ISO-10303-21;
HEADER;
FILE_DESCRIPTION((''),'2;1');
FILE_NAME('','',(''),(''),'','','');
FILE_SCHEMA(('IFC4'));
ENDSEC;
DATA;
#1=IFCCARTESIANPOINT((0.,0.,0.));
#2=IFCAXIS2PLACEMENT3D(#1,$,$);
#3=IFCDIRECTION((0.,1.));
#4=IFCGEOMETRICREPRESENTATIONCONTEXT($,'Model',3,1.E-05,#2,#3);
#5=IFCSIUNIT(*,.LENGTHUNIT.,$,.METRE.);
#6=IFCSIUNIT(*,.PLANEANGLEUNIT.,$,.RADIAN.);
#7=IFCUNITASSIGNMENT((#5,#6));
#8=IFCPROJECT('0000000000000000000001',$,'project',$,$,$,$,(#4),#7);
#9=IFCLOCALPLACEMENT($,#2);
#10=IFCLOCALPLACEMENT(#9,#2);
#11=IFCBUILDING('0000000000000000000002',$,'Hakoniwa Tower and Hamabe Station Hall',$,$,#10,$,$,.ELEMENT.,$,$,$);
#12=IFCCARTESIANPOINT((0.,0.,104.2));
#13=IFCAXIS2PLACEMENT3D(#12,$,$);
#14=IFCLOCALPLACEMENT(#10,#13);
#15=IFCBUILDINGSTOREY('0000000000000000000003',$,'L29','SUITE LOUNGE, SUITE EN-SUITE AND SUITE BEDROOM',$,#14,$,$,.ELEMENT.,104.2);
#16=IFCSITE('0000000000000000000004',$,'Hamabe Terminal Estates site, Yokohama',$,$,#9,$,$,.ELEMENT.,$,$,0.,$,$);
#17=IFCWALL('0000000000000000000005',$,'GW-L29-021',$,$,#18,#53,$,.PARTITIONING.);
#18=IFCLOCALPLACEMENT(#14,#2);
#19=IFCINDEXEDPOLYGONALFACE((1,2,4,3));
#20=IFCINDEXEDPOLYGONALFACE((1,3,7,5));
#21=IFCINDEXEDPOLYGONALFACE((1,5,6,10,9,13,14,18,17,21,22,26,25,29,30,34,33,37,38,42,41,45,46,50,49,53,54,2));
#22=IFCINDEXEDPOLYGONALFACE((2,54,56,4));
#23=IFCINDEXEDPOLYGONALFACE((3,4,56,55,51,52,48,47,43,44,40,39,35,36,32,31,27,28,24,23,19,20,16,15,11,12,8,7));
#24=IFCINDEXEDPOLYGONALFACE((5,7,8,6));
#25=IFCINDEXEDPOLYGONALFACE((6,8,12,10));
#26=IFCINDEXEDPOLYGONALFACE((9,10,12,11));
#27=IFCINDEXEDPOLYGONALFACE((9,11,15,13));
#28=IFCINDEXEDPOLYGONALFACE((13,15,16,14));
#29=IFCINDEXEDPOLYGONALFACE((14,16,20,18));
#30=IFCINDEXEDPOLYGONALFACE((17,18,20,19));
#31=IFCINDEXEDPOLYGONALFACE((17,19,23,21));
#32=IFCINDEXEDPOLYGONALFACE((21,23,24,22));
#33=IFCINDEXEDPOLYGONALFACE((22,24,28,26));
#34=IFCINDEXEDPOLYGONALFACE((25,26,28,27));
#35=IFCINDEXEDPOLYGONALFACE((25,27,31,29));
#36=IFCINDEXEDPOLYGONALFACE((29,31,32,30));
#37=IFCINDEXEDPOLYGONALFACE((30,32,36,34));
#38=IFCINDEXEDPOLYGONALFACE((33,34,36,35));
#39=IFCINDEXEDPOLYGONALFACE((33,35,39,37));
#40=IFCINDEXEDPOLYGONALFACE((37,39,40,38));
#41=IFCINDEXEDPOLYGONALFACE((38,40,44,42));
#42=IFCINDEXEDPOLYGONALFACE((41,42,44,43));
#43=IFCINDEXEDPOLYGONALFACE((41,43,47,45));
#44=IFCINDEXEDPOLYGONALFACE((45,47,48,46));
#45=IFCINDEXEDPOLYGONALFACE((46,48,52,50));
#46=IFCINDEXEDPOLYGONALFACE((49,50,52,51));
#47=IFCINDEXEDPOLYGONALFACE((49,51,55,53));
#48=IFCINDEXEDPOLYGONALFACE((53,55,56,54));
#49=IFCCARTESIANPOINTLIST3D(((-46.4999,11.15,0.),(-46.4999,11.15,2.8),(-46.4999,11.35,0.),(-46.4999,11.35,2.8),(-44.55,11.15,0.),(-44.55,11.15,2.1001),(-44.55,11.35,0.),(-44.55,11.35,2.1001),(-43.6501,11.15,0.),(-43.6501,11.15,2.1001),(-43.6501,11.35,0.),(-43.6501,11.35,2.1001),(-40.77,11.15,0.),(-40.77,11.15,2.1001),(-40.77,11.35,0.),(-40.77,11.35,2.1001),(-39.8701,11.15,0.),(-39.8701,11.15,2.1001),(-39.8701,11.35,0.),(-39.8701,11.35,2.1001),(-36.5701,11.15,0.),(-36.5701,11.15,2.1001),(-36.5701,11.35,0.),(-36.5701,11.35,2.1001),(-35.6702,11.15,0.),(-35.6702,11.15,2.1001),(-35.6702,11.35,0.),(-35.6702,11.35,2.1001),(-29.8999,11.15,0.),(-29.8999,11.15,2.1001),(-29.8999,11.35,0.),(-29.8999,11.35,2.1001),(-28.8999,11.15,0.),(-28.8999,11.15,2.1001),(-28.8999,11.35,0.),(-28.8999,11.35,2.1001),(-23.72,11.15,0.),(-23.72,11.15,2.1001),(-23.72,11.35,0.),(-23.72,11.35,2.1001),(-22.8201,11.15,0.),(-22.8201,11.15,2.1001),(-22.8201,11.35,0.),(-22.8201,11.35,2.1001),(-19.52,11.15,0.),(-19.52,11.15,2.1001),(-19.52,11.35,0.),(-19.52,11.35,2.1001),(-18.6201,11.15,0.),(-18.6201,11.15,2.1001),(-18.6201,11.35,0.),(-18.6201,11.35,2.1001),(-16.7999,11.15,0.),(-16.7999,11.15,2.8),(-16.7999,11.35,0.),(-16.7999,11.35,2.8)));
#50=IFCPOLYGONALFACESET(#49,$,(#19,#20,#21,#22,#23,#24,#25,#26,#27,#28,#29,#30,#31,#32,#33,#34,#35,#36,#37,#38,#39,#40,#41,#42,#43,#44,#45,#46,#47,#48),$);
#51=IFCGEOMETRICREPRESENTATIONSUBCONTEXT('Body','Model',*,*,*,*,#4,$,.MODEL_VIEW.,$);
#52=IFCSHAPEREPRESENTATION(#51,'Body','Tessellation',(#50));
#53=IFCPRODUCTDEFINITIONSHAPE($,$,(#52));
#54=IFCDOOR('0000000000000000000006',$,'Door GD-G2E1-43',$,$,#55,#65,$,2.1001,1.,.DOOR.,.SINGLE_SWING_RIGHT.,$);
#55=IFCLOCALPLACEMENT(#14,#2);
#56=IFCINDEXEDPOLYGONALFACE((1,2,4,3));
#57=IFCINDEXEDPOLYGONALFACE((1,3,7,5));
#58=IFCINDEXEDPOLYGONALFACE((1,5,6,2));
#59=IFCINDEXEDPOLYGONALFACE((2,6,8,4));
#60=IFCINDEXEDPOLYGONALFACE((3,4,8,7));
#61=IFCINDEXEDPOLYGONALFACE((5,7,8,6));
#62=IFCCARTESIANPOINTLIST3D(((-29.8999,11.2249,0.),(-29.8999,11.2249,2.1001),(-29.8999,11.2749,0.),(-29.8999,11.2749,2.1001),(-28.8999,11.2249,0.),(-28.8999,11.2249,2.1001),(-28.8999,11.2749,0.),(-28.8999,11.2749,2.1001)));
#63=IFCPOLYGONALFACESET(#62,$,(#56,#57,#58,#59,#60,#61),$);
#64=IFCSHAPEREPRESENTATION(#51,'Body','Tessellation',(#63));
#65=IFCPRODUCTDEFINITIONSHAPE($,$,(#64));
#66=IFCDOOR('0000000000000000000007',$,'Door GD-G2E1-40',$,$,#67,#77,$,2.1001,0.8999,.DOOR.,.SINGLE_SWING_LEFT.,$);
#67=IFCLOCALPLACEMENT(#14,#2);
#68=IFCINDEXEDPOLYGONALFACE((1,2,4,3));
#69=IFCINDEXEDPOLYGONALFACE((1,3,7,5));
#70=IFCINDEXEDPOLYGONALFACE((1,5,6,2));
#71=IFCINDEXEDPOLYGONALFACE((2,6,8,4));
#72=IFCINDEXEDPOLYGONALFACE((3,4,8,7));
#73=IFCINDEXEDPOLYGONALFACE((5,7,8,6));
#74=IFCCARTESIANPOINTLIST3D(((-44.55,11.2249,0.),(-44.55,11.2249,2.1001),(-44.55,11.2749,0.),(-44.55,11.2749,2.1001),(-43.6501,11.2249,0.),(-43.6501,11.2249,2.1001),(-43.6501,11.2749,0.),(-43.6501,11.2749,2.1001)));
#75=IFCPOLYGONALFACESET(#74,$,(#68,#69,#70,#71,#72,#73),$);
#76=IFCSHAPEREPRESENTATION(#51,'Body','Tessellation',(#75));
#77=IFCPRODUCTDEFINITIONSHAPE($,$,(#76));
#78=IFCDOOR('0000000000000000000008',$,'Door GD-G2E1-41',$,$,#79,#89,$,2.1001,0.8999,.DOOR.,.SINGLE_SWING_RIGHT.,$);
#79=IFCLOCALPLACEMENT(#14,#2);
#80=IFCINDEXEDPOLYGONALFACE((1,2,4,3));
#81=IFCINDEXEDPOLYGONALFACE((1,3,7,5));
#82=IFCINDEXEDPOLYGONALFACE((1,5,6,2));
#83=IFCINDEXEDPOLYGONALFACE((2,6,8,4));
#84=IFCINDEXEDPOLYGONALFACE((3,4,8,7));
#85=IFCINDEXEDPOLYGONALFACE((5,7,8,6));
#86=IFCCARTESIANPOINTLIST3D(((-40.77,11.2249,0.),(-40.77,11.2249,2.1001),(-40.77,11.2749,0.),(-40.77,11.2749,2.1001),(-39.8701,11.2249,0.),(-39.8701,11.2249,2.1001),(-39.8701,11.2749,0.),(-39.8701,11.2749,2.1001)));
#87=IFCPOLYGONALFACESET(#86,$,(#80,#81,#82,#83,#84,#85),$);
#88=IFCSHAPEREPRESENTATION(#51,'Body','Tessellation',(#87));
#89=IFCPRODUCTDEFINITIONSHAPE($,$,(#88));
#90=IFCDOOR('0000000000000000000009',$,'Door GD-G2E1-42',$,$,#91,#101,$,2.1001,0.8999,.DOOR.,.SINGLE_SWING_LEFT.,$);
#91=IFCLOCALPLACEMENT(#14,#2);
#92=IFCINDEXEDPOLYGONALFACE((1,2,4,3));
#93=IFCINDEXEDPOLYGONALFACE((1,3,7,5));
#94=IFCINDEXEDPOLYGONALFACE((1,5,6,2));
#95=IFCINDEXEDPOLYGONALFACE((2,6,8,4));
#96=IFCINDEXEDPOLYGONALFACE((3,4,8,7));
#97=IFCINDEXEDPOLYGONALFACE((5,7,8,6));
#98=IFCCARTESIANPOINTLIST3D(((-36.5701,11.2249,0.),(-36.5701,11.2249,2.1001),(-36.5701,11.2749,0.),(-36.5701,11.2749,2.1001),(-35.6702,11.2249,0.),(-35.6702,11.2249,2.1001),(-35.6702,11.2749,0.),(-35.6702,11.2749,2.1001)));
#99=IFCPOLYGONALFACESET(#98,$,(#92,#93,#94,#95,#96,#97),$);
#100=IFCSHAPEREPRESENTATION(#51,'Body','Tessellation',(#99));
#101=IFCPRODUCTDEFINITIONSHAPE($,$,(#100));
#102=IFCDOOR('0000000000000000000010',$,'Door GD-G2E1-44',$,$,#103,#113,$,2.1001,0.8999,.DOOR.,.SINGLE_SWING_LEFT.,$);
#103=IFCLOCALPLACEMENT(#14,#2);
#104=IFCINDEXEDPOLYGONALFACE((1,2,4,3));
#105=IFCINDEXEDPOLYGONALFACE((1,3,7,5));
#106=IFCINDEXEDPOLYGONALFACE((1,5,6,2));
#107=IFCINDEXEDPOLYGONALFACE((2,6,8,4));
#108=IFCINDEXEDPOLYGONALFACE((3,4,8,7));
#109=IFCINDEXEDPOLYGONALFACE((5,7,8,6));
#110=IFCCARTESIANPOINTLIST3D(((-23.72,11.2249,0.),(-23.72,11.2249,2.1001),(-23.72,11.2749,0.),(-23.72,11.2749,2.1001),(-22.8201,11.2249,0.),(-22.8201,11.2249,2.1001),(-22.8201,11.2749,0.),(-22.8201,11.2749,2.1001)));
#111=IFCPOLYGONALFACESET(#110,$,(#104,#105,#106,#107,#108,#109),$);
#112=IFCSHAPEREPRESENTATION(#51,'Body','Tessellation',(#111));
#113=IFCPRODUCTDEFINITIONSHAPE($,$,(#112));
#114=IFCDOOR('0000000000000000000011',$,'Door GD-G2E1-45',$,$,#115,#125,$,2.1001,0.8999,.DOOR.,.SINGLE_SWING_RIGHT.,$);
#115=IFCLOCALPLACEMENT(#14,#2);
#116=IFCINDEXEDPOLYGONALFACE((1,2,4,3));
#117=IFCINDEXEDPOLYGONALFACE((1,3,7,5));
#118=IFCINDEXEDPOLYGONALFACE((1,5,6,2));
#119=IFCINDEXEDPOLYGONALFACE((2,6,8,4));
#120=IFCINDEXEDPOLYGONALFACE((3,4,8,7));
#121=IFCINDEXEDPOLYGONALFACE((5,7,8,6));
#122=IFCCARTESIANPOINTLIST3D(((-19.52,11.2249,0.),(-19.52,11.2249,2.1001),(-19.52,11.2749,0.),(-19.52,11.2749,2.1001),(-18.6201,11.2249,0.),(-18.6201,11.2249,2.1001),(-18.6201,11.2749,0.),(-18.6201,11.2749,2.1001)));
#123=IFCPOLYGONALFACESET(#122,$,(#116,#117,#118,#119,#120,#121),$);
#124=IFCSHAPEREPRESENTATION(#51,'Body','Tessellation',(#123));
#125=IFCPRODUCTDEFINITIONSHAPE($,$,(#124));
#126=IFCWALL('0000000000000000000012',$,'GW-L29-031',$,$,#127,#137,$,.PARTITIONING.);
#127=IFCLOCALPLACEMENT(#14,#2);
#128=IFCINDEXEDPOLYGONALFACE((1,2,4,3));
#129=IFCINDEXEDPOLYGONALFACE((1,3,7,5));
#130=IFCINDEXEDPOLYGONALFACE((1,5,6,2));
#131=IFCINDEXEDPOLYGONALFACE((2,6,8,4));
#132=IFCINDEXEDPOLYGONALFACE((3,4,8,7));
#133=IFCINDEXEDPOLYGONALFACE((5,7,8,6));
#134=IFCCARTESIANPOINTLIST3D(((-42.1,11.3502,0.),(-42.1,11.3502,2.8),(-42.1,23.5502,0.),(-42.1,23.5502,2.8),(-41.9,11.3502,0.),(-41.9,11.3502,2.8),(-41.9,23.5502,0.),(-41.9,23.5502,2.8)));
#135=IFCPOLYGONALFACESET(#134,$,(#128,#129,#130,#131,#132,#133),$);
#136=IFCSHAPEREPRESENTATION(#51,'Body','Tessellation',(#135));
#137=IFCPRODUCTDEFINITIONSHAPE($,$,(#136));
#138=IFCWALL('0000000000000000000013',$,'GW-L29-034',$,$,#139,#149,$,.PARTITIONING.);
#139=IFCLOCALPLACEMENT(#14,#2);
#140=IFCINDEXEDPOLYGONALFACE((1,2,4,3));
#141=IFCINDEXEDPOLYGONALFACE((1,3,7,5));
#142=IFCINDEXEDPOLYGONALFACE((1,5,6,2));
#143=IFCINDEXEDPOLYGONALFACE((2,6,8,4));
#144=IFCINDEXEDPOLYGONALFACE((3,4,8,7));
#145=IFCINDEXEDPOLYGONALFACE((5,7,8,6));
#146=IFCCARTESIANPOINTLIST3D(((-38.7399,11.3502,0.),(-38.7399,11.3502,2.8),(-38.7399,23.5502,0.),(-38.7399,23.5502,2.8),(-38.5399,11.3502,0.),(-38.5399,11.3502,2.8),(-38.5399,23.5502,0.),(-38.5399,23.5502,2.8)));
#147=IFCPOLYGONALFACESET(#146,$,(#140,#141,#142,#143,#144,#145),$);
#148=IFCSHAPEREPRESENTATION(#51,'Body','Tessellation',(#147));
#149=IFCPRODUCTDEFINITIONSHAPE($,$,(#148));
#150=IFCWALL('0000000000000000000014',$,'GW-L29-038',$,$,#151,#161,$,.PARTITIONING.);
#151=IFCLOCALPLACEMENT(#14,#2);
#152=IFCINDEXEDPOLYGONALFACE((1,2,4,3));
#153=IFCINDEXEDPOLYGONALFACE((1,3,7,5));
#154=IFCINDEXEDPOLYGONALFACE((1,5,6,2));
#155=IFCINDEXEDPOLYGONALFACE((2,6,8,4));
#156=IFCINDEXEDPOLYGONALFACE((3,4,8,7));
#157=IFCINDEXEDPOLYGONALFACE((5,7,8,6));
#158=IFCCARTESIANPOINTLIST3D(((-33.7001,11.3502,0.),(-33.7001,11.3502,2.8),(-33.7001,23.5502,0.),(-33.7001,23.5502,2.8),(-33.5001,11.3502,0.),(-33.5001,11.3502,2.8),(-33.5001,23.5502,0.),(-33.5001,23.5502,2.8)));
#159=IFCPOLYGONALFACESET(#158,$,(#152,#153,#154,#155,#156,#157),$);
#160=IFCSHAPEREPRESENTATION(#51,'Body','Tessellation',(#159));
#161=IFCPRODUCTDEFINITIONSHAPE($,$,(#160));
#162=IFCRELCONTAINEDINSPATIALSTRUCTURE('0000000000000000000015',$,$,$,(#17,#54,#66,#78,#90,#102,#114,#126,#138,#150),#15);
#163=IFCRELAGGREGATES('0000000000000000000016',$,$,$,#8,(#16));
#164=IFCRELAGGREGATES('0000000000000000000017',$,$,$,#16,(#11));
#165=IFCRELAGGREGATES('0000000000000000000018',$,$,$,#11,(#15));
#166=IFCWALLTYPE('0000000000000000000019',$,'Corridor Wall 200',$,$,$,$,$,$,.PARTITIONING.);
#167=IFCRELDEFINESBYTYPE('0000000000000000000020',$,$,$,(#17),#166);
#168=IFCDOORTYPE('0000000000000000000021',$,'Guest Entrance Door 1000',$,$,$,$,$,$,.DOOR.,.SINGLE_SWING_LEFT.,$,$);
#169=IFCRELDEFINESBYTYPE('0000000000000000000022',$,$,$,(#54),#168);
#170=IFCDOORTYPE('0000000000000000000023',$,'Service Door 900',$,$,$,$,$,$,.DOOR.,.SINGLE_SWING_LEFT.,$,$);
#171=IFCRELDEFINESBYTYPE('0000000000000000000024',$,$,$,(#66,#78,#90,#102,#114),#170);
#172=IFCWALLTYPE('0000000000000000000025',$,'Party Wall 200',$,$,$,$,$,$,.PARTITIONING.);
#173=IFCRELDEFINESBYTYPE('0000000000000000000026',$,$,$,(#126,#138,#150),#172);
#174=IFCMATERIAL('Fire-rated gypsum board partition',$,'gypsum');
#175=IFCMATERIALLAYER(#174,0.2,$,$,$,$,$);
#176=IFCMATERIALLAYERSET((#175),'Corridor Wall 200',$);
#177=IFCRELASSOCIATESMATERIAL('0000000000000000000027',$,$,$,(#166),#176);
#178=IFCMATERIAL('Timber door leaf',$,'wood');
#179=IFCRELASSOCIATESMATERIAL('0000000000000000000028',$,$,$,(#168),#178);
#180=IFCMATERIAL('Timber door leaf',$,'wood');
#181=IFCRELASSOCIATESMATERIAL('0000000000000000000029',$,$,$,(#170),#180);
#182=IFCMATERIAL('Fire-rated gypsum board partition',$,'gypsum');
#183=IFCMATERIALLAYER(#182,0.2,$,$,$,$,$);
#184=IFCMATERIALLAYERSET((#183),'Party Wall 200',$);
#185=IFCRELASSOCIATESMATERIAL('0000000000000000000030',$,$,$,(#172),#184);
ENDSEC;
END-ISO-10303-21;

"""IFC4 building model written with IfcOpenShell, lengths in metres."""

from ifc_helpers import new_model, si_unit, direction, frame, frame_2d, origin, place, context, subcontext, project, spatial, rectangle, extrude, material, layer, layer_set, type_object, element, fill, save


model = new_model("IFC4")

# Units and contexts
model_context = context("Model", 3, precision=1e-05, world=origin(), true_north=direction((0.0, 1.0)))
body_context = subcontext(model_context, "Body", "Model", "MODEL_VIEW")
ifc_project = project(units=[si_unit("LENGTHUNIT", "METRE"), si_unit("PLANEANGLEUNIT", "RADIAN")], contexts=[model_context])

# Site, building, storey
site_placement = place(None, origin())
site = spatial("IfcSite", under=ifc_project, at=site_placement, Name="Hamabe Terminal Estates site, Yokohama", CompositionType="ELEMENT", RefElevation=0.0)
building_placement = place(site_placement, origin())
building = spatial("IfcBuilding", under=site, at=building_placement, Name="Hakoniwa Tower and Hamabe Station Hall", CompositionType="ELEMENT")
storey_placement = place(building_placement, frame((0.0, 0.0, 104.2)))
storey = spatial("IfcBuildingStorey", under=building, at=storey_placement, Name="L29", Description="SUITE LOUNGE, SUITE EN-SUITE AND SUITE BEDROOM", CompositionType="ELEMENT", Elevation=104.2)

# Wall, openings, doors
ifc_material_1 = material(Name="Fire-rated gypsum board partition", Category="gypsum")
ifc_layer_1 = layer(ifc_material_1, 0.2)
ifc_layer_set_1 = layer_set([ifc_layer_1], Name="Corridor Wall 200")
wall_type_1 = type_object("IfcWallType", Name="Corridor Wall 200", PredefinedType="PARTITIONING", material=ifc_layer_set_1)
wall_placement = place(storey_placement, frame((-46.5, 11.25, 0.0), z_axis=(0.0, 0.0, 1.0), x_axis=(1.0, 0.0, 0.0)))
wall = element("IfcWall", 1, at=wall_placement, inside=storey, type_object=wall_type_1, Name="GW-L29-021", PredefinedType="PARTITIONING", context=body_context, shape_type="SweptSolid", body=[
    extrude(rectangle(XDim=29.7, YDim=0.2, at=frame_2d((14.8501, 0.0))), origin(), (0.0, 0.0, 1.0), 2.8),
])
opening_1_placement = place(wall_placement, frame((1.95, 0.0, 0.0)))
opening_1 = element("IfcOpeningElement", 2, at=opening_1_placement, cuts=wall, PredefinedType="OPENING", context=body_context, shape_type="SweptSolid", body=[
    extrude(rectangle(XDim=0.8999, YDim=2.1001, at=frame_2d((0.45, 1.05))), frame((0.0, 0.1099, 0.0), z_axis=(0.0, -1.0, 0.0), x_axis=(1.0, 0.0, 0.0)), (0.0, 0.0, 1.0), 0.22),
])
opening_2_placement = place(wall_placement, frame((5.73, 0.0, 0.0)))
opening_2 = element("IfcOpeningElement", 3, at=opening_2_placement, cuts=wall, PredefinedType="OPENING", context=body_context, shape_type="SweptSolid", body=[
    extrude(rectangle(XDim=0.8999, YDim=2.1001, at=frame_2d((0.45, 1.05))), frame((0.0, 0.1099, 0.0), z_axis=(0.0, -1.0, 0.0), x_axis=(1.0, 0.0, 0.0)), (0.0, 0.0, 1.0), 0.22),
])
opening_3_placement = place(wall_placement, frame((9.9299, 0.0, 0.0)))
opening_3 = element("IfcOpeningElement", 4, at=opening_3_placement, cuts=wall, PredefinedType="OPENING", context=body_context, shape_type="SweptSolid", body=[
    extrude(rectangle(XDim=0.8999, YDim=2.1001, at=frame_2d((0.45, 1.05))), frame((0.0, 0.1099, 0.0), z_axis=(0.0, -1.0, 0.0), x_axis=(1.0, 0.0, 0.0)), (0.0, 0.0, 1.0), 0.22),
])
opening_4_placement = place(wall_placement, frame((16.6001, 0.0, 0.0)))
opening_4 = element("IfcOpeningElement", 5, at=opening_4_placement, cuts=wall, PredefinedType="OPENING", context=body_context, shape_type="SweptSolid", body=[
    extrude(rectangle(XDim=1.0, YDim=2.1001, at=frame_2d((0.5, 1.05))), frame((0.0, 0.1099, 0.0), z_axis=(0.0, -1.0, 0.0), x_axis=(1.0, 0.0, 0.0)), (0.0, 0.0, 1.0), 0.22),
])
opening_5_placement = place(wall_placement, frame((22.78, 0.0, 0.0)))
opening_5 = element("IfcOpeningElement", 6, at=opening_5_placement, cuts=wall, PredefinedType="OPENING", context=body_context, shape_type="SweptSolid", body=[
    extrude(rectangle(XDim=0.8999, YDim=2.1001, at=frame_2d((0.45, 1.05))), frame((0.0, 0.1099, 0.0), z_axis=(0.0, -1.0, 0.0), x_axis=(1.0, 0.0, 0.0)), (0.0, 0.0, 1.0), 0.22),
])
opening_6_placement = place(wall_placement, frame((26.98, 0.0, 0.0)))
opening_6 = element("IfcOpeningElement", 7, at=opening_6_placement, cuts=wall, PredefinedType="OPENING", context=body_context, shape_type="SweptSolid", body=[
    extrude(rectangle(XDim=0.8999, YDim=2.1001, at=frame_2d((0.45, 1.05))), frame((0.0, 0.1099, 0.0), z_axis=(0.0, -1.0, 0.0), x_axis=(1.0, 0.0, 0.0)), (0.0, 0.0, 1.0), 0.22),
])
ifc_material_2 = material(Name="Timber door leaf", Category="wood")
door_type_1 = type_object("IfcDoorType", Name="Guest Entrance Door 1000", OperationType="SINGLE_SWING_LEFT", PredefinedType="DOOR", material=ifc_material_2)
door_1_placement = place(opening_4_placement, origin())
door_1 = element("IfcDoor", 8, at=door_1_placement, inside=storey, type_object=door_type_1, Name="Door GD-G2E1-43", OperationType="SINGLE_SWING_RIGHT", OverallHeight=2.1001, OverallWidth=1.0, PredefinedType="DOOR", context=body_context, shape_type="SweptSolid", body=[
    extrude(rectangle(XDim=1.0, YDim=2.1001, at=frame_2d((0.5, 1.05))), frame((0.0, 0.0249, 0.0), z_axis=(0.0, -1.0, 0.0), x_axis=(1.0, 0.0, 0.0)), (0.0, 0.0, 1.0), 0.05),
])
fill(opening_4, door_1)
ifc_material_3 = material(Name="Timber door leaf", Category="wood")
door_type_2 = type_object("IfcDoorType", Name="Service Door 900", OperationType="SINGLE_SWING_LEFT", PredefinedType="DOOR", material=ifc_material_3)
door_2_placement = place(opening_1_placement, origin())
door_2 = element("IfcDoor", 9, at=door_2_placement, inside=storey, type_object=door_type_2, Name="Door GD-G2E1-40", OperationType="SINGLE_SWING_LEFT", OverallHeight=2.1001, OverallWidth=0.8999, PredefinedType="DOOR", context=body_context, shape_type="SweptSolid", body=[
    extrude(rectangle(XDim=0.8999, YDim=2.1001, at=frame_2d((0.45, 1.05))), frame((0.0, 0.0249, 0.0), z_axis=(0.0, -1.0, 0.0), x_axis=(1.0, 0.0, 0.0)), (0.0, 0.0, 1.0), 0.05),
])
fill(opening_1, door_2)
door_3_placement = place(opening_2_placement, origin())
door_3 = element("IfcDoor", 10, at=door_3_placement, inside=storey, type_object=door_type_2, Name="Door GD-G2E1-41", OperationType="SINGLE_SWING_RIGHT", OverallHeight=2.1001, OverallWidth=0.8999, PredefinedType="DOOR", context=body_context, shape_type="SweptSolid", body=[
    extrude(rectangle(XDim=0.8999, YDim=2.1001, at=frame_2d((0.45, 1.05))), frame((0.0, 0.0249, 0.0), z_axis=(0.0, -1.0, 0.0), x_axis=(1.0, 0.0, 0.0)), (0.0, 0.0, 1.0), 0.05),
])
fill(opening_2, door_3)
door_4_placement = place(opening_3_placement, origin())
door_4 = element("IfcDoor", 11, at=door_4_placement, inside=storey, type_object=door_type_2, Name="Door GD-G2E1-42", OperationType="SINGLE_SWING_LEFT", OverallHeight=2.1001, OverallWidth=0.8999, PredefinedType="DOOR", context=body_context, shape_type="SweptSolid", body=[
    extrude(rectangle(XDim=0.8999, YDim=2.1001, at=frame_2d((0.45, 1.05))), frame((0.0, 0.0249, 0.0), z_axis=(0.0, -1.0, 0.0), x_axis=(1.0, 0.0, 0.0)), (0.0, 0.0, 1.0), 0.05),
])
fill(opening_3, door_4)
door_5_placement = place(opening_5_placement, origin())
door_5 = element("IfcDoor", 12, at=door_5_placement, inside=storey, type_object=door_type_2, Name="Door GD-G2E1-44", OperationType="SINGLE_SWING_LEFT", OverallHeight=2.1001, OverallWidth=0.8999, PredefinedType="DOOR", context=body_context, shape_type="SweptSolid", body=[
    extrude(rectangle(XDim=0.8999, YDim=2.1001, at=frame_2d((0.45, 1.05))), frame((0.0, 0.0249, 0.0), z_axis=(0.0, -1.0, 0.0), x_axis=(1.0, 0.0, 0.0)), (0.0, 0.0, 1.0), 0.05),
])
fill(opening_5, door_5)
door_6_placement = place(opening_6_placement, origin())
door_6 = element("IfcDoor", 13, at=door_6_placement, inside=storey, type_object=door_type_2, Name="Door GD-G2E1-45", OperationType="SINGLE_SWING_RIGHT", OverallHeight=2.1001, OverallWidth=0.8999, PredefinedType="DOOR", context=body_context, shape_type="SweptSolid", body=[
    extrude(rectangle(XDim=0.8999, YDim=2.1001, at=frame_2d((0.45, 1.05))), frame((0.0, 0.0249, 0.0), z_axis=(0.0, -1.0, 0.0), x_axis=(1.0, 0.0, 0.0)), (0.0, 0.0, 1.0), 0.05),
])
fill(opening_6, door_6)

# Walls
ifc_material_4 = material(Name="Fire-rated gypsum board partition", Category="gypsum")
ifc_layer_2 = layer(ifc_material_4, 0.2)
ifc_layer_set_2 = layer_set([ifc_layer_2], Name="Party Wall 200")
wall_type_2 = type_object("IfcWallType", Name="Party Wall 200", PredefinedType="PARTITIONING", material=ifc_layer_set_2)
for number, where, z_axis, x_axis, name in (
    (14, (-42.0, 11.3501, 0.0), (0.0, 0.0, 1.0), (0.0, 1.0, 0.0), "GW-L29-031"),
    (15, (-38.6399, 11.3501, 0.0), (0.0, 0.0, 1.0), (0.0, 1.0, 0.0), "GW-L29-034"),
    (16, (-33.6001, 11.3501, 0.0), (0.0, 0.0, 1.0), (0.0, 1.0, 0.0), "GW-L29-038"),
):
    element("IfcWall", number, at=place(storey_placement, frame(where, z_axis=z_axis, x_axis=x_axis)), inside=storey, type_object=wall_type_2, Name=name, PredefinedType="PARTITIONING", context=body_context, shape_type="SweptSolid", body=[
        extrude(rectangle(XDim=12.2, YDim=0.2, at=frame_2d((6.1001, 0.0))), origin(), (0.0, 0.0, 1.0), 2.8),
    ])

save(model, "model.ifc")
